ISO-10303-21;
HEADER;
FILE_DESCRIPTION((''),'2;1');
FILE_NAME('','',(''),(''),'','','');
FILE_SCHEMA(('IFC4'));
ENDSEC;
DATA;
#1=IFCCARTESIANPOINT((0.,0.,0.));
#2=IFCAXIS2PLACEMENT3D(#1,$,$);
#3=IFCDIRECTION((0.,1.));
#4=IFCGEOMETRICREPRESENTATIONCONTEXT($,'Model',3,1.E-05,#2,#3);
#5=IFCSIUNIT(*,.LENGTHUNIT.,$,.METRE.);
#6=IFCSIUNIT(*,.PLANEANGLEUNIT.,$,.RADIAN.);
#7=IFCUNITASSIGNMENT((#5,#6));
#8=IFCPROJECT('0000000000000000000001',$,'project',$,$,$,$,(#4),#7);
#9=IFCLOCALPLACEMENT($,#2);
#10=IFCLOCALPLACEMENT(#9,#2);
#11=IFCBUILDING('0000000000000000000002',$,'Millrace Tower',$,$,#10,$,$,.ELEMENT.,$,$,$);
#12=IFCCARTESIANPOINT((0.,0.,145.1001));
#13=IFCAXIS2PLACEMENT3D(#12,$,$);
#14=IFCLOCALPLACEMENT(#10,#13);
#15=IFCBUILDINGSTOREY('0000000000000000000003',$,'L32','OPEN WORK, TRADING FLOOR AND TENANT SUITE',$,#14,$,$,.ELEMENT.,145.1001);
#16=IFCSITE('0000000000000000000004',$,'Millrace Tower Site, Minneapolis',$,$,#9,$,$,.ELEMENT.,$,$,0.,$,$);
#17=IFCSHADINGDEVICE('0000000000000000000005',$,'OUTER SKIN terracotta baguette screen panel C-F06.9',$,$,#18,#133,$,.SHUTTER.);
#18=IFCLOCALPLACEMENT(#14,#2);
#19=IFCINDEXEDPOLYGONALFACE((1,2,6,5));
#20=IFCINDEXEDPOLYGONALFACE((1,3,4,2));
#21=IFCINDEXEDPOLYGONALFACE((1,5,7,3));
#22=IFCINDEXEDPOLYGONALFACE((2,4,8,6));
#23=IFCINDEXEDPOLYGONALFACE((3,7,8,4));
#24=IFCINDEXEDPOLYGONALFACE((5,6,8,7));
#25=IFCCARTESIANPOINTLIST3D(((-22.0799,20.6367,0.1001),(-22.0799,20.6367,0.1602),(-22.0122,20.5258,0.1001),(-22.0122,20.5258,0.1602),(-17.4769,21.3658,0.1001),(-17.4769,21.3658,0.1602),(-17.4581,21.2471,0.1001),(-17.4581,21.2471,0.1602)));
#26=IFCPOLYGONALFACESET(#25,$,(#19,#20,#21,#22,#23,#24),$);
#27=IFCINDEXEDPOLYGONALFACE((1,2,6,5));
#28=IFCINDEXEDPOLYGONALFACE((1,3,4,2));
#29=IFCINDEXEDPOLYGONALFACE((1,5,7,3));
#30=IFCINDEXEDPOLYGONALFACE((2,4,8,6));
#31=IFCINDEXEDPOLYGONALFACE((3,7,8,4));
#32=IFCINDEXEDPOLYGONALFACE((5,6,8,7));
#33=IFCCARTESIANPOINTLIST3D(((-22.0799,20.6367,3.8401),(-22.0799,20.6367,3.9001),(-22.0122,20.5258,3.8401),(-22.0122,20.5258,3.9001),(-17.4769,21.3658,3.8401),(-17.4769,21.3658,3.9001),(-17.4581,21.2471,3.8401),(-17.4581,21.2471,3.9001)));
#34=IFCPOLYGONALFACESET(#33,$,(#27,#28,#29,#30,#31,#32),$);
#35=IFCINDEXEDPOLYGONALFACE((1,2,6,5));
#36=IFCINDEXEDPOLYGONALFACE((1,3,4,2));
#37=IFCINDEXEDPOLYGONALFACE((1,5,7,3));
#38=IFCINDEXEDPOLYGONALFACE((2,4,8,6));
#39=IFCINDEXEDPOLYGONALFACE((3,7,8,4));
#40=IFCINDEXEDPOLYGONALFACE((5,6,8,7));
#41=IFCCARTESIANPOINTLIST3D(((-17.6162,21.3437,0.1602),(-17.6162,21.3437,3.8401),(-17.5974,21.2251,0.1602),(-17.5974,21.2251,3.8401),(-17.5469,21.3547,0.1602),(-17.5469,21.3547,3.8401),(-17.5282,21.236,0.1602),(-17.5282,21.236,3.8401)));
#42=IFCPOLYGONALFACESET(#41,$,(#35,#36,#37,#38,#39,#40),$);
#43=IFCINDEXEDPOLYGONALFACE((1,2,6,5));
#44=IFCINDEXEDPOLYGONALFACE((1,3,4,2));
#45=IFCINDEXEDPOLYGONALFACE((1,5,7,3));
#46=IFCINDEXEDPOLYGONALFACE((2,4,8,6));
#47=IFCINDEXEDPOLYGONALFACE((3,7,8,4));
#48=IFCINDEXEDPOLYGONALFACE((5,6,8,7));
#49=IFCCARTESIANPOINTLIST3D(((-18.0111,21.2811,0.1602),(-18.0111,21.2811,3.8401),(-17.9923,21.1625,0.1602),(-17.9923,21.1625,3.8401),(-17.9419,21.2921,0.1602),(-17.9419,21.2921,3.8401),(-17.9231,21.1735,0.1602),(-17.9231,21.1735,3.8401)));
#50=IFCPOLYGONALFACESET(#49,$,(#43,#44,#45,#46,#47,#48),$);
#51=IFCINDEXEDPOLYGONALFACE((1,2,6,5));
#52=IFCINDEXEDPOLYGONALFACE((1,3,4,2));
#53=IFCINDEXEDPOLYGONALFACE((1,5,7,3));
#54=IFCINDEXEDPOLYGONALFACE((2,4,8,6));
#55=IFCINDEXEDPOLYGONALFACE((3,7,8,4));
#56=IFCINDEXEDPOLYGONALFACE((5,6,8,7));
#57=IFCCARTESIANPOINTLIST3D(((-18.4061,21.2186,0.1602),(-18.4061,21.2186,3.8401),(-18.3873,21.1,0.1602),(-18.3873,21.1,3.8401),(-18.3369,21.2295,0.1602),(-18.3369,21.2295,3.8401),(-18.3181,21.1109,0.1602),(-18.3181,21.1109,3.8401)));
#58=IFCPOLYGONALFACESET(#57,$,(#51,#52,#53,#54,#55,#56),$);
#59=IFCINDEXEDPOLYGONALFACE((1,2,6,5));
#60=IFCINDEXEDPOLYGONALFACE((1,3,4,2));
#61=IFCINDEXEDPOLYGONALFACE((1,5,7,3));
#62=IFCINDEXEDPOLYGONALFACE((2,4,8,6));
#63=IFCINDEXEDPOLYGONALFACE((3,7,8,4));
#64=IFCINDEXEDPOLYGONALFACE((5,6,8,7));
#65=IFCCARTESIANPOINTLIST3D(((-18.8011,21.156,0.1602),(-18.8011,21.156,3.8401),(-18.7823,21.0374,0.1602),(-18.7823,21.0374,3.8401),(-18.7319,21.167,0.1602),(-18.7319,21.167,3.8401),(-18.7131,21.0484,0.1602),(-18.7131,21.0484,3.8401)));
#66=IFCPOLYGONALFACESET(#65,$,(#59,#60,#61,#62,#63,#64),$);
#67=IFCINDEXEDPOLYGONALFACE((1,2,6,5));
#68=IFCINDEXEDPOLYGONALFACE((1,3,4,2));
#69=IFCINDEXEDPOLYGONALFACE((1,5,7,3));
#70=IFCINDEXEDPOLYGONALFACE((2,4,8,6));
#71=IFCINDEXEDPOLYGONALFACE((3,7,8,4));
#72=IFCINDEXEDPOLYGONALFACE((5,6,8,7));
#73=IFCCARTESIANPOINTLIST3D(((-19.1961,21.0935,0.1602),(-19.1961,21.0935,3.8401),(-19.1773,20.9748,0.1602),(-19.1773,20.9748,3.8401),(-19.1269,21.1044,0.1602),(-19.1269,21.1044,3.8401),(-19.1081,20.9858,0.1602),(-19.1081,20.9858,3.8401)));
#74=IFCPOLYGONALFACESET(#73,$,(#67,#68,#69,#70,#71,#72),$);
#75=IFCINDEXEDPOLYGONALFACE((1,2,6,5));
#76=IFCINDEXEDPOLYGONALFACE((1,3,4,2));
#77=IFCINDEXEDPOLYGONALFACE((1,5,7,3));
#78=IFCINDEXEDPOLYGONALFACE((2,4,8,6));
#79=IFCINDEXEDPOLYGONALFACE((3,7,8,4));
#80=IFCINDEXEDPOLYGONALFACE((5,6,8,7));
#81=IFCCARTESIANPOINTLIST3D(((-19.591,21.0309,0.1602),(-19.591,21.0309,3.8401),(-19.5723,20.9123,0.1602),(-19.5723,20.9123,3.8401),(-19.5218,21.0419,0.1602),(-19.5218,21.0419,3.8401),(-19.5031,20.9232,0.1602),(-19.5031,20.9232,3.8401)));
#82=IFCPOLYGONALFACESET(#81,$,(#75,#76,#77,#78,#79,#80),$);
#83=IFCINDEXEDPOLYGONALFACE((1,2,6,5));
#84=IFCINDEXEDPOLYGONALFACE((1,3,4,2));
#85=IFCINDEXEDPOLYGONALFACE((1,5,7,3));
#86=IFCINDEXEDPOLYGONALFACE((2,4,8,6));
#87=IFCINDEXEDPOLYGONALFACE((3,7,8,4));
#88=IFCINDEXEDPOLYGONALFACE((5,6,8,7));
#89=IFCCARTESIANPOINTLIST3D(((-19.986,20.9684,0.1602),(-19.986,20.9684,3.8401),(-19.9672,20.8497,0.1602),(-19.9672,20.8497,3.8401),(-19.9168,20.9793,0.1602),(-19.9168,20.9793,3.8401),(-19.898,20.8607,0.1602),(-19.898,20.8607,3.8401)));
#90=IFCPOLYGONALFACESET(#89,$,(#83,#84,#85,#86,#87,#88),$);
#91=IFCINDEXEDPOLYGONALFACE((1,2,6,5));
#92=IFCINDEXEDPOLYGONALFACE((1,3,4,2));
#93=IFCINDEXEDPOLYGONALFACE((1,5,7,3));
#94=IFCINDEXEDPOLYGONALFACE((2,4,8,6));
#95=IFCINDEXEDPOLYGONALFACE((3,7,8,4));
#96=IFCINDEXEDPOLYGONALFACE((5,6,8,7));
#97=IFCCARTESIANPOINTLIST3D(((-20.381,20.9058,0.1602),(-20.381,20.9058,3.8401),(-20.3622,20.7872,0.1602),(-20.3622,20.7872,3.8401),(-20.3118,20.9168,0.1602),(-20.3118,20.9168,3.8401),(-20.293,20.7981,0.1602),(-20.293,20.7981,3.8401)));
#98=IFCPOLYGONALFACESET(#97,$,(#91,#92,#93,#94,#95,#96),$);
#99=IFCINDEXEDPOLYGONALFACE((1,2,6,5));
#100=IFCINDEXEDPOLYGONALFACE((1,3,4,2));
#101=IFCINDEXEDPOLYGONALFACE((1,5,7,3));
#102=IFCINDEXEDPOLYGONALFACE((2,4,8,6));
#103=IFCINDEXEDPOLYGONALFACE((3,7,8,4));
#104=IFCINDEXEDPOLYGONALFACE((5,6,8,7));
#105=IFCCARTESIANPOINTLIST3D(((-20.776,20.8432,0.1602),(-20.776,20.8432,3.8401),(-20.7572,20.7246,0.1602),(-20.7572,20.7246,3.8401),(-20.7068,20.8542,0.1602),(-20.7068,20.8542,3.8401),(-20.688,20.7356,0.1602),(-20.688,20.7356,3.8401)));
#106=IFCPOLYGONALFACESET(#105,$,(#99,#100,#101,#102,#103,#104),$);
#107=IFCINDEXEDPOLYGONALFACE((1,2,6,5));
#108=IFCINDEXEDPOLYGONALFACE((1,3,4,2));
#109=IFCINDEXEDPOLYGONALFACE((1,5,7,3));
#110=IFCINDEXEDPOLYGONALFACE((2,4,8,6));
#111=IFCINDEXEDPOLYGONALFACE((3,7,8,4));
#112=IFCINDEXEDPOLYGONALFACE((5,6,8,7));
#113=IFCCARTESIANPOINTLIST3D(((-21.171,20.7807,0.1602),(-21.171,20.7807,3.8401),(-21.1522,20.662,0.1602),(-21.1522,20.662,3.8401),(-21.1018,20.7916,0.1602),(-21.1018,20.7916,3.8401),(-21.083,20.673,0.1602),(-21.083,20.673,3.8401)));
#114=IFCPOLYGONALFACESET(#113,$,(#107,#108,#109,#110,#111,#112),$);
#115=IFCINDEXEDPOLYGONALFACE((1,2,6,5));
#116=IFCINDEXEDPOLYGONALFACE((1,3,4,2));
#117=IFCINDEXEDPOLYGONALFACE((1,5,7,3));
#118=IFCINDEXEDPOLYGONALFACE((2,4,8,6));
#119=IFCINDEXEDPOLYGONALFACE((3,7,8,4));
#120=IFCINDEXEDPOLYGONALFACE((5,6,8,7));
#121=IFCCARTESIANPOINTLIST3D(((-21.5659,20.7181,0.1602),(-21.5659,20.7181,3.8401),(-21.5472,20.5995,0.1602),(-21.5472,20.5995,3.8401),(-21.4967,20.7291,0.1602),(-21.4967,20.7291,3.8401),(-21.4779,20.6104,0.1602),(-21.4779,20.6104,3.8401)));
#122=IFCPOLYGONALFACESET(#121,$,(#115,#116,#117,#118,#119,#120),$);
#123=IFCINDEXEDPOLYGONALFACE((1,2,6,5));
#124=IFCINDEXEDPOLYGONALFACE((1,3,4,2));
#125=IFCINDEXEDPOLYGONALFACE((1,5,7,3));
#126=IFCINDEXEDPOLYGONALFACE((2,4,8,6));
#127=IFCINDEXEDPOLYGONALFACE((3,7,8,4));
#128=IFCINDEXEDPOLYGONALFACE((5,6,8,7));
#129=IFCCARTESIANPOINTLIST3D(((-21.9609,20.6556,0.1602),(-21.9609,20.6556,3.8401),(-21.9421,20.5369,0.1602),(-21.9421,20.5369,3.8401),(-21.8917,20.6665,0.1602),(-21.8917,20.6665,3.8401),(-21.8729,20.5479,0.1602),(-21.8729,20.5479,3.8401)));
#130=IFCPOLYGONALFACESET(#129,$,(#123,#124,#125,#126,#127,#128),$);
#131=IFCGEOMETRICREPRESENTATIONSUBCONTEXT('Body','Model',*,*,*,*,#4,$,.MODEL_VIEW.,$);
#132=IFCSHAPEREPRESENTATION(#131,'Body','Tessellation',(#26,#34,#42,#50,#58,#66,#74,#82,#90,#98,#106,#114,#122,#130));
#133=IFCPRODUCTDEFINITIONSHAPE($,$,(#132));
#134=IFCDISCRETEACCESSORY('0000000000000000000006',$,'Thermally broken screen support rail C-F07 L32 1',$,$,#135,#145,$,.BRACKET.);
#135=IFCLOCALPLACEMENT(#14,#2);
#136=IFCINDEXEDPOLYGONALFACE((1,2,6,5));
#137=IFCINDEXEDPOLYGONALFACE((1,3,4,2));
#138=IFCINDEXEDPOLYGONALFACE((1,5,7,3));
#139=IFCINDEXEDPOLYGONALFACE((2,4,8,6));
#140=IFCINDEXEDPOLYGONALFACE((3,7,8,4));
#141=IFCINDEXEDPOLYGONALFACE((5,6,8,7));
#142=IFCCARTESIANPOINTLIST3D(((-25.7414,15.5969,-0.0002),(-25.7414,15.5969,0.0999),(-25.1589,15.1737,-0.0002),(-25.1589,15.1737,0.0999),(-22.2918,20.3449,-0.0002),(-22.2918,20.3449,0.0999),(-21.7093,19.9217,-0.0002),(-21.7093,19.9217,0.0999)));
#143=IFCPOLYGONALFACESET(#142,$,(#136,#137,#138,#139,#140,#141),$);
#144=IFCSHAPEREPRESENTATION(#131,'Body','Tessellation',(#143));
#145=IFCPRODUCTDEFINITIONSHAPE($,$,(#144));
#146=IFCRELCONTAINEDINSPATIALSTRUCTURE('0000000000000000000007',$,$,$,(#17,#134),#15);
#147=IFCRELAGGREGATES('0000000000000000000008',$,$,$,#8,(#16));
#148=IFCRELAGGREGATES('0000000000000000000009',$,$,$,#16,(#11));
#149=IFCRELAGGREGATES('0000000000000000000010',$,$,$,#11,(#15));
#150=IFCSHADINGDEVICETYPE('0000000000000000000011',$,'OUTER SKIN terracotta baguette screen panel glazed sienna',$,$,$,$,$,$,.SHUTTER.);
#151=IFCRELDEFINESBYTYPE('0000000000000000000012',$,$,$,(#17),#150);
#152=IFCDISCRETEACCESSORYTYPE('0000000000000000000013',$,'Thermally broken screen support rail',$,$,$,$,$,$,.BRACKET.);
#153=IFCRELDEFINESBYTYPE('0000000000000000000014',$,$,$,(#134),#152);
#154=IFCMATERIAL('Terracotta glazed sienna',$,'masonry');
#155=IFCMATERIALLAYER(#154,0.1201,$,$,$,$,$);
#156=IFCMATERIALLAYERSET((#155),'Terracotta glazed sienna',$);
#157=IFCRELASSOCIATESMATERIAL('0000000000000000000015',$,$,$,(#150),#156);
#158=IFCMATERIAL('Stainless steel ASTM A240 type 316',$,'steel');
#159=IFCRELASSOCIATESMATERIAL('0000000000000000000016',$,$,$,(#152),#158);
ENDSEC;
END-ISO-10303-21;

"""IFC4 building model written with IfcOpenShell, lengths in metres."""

from ifc_helpers import new_model, entity, si_unit, direction, frame, frame_2d, origin, origin_2d, place, context, subcontext, project, spatial, rectangle, extrude, source, transform, mapped, material, layer, layer_set, type_object, element, save


model = new_model("IFC4")

# Units and contexts
model_context = context("Model", 3, precision=1e-05, world=origin(), true_north=direction((0.0, 1.0)))
body_context = subcontext(model_context, "Body", "Model", "MODEL_VIEW")
ifc_project = project(units=[si_unit("LENGTHUNIT", "METRE"), si_unit("PLANEANGLEUNIT", "RADIAN")], contexts=[model_context])

# Site, building, storey
site_placement = place(None, origin())
site = spatial("IfcSite", under=ifc_project, at=site_placement, Name="Millrace Tower Site, Minneapolis", CompositionType="ELEMENT", RefElevation=0.0)
building_placement = place(site_placement, origin())
building = spatial("IfcBuilding", under=site, at=building_placement, Name="Millrace Tower", CompositionType="ELEMENT")
storey_placement = place(building_placement, frame((0.0, 0.0, 145.1001)))
storey = spatial("IfcBuildingStorey", under=building, at=storey_placement, Name="L32", Description="OPEN WORK, TRADING FLOOR AND TENANT SUITE", CompositionType="ELEMENT", Elevation=145.1001)

# Shading device
ifc_material_1 = material(Name="Terracotta glazed sienna", Category="masonry")
ifc_layer_1 = layer(ifc_material_1, 0.1201)
ifc_layer_set_1 = layer_set([ifc_layer_1], Name="Terracotta glazed sienna")
shading_device_type = type_object("IfcShadingDeviceType", Name="OUTER SKIN terracotta baguette screen panel glazed sienna", PredefinedType="SHUTTER", material=ifc_layer_set_1)
cartesian_point_1 = entity("IfcCartesianPoint", [-2.3179, 0.0601])
shared_polyline_1 = entity("IfcPolyline", [cartesian_point_1, entity("IfcCartesianPoint", [2.293, 0.0601]), entity("IfcCartesianPoint", [2.3425, -0.0601]), entity("IfcCartesianPoint", [-2.3179, -0.0601]), cartesian_point_1])
shared_shape_1 = source(origin(), body_context, "Body", "SweptSolid", [
    entity("IfcExtrudedAreaSolid", entity("IfcArbitraryClosedProfileDef", "AREA", None, shared_polyline_1), entity("IfcAxis2Placement3D", entity("IfcCartesianPoint", [0.0, 0.0, 0.0])), entity("IfcDirection", [0.0, 0.0, 1.0]), 0.0601),
    entity("IfcExtrudedAreaSolid", entity("IfcArbitraryClosedProfileDef", "AREA", None, shared_polyline_1), entity("IfcAxis2Placement3D", entity("IfcCartesianPoint", [0.0, 0.0, 3.74])), entity("IfcDirection", [0.0, 0.0, 1.0]), 0.0601),
    extrude(rectangle(XDim=0.0701, YDim=0.1201, at=frame_2d((-2.2119, 0.0))), frame((0.0, 0.0, 0.0601)), (0.0, 0.0, 1.0), 3.6799),
    extrude(rectangle(XDim=0.0701, YDim=0.1201, at=frame_2d((-1.812, 0.0))), frame((0.0, 0.0, 0.0601)), (0.0, 0.0, 1.0), 3.6799),
    extrude(rectangle(XDim=0.0701, YDim=0.1201, at=frame_2d((-1.4121, 0.0))), frame((0.0, 0.0, 0.0601)), (0.0, 0.0, 1.0), 3.6799),
    extrude(rectangle(XDim=0.0701, YDim=0.1201, at=frame_2d((-1.0122, 0.0))), frame((0.0, 0.0, 0.0601)), (0.0, 0.0, 1.0), 3.6799),
    extrude(rectangle(XDim=0.0701, YDim=0.1201, at=frame_2d((-0.6123, 0.0))), frame((0.0, 0.0, 0.0601)), (0.0, 0.0, 1.0), 3.6799),
    extrude(rectangle(XDim=0.0701, YDim=0.1201, at=frame_2d((-0.2124, 0.0))), frame((0.0, 0.0, 0.0601)), (0.0, 0.0, 1.0), 3.6799),
    extrude(rectangle(XDim=0.0701, YDim=0.1201, at=frame_2d((0.1875, 0.0))), frame((0.0, 0.0, 0.0601)), (0.0, 0.0, 1.0), 3.6799),
    extrude(rectangle(XDim=0.0701, YDim=0.1201, at=frame_2d((0.5874, 0.0))), frame((0.0, 0.0, 0.0601)), (0.0, 0.0, 1.0), 3.6799),
    extrude(rectangle(XDim=0.0701, YDim=0.1201, at=frame_2d((0.9873, 0.0))), frame((0.0, 0.0, 0.0601)), (0.0, 0.0, 1.0), 3.6799),
    extrude(rectangle(XDim=0.0701, YDim=0.1201, at=frame_2d((1.3872, 0.0))), frame((0.0, 0.0, 0.0601)), (0.0, 0.0, 1.0), 3.6799),
    extrude(rectangle(XDim=0.0701, YDim=0.1201, at=frame_2d((1.7871, 0.0))), frame((0.0, 0.0, 0.0601)), (0.0, 0.0, 1.0), 3.6799),
    extrude(rectangle(XDim=0.0701, YDim=0.1201, at=frame_2d((2.187, 0.0))), frame((0.0, 0.0, 0.0601)), (0.0, 0.0, 1.0), 3.6799),
])
shading_device_1_placement = place(storey_placement, frame((-19.7568, 20.9438, 0.1001), z_axis=(0.0, 0.0, 1.0), x_axis=(-0.987688, -0.156434, 0.0)))
element("IfcShadingDevice", 1, at=shading_device_1_placement, inside=storey, type_object=shading_device_type, Name="OUTER SKIN terracotta baguette screen panel C-F06.9", PredefinedType="SHUTTER", context=body_context, shape_type="MappedRepresentation", body=[
    mapped(shared_shape_1, transform((0.0, 0.0, 0.0), scale=1.0)),
])

# Discrete accessory
ifc_material_2 = material(Name="Stainless steel ASTM A240 type 316", Category="steel")
discrete_accessory_type = type_object("IfcDiscreteAccessoryType", Name="Thermally broken screen support rail", PredefinedType="BRACKET", material=ifc_material_2)
discrete_accessory_placement = place(storey_placement, frame((-23.7253, 17.7593, -0.0002), z_axis=(0.0, 0.0, 1.0), x_axis=(-0.587785, -0.809017, 0.0)))
element("IfcDiscreteAccessory", 2, at=discrete_accessory_placement, inside=storey, type_object=discrete_accessory_type, Name="Thermally broken screen support rail C-F07 L32 1", PredefinedType="BRACKET", context=body_context, shape_type="SweptSolid", body=[
    extrude(rectangle(XDim=5.8689, YDim=0.72, at=origin_2d()), origin(), (0.0, 0.0, 1.0), 0.1001),
])

save(model, "model.ifc")
